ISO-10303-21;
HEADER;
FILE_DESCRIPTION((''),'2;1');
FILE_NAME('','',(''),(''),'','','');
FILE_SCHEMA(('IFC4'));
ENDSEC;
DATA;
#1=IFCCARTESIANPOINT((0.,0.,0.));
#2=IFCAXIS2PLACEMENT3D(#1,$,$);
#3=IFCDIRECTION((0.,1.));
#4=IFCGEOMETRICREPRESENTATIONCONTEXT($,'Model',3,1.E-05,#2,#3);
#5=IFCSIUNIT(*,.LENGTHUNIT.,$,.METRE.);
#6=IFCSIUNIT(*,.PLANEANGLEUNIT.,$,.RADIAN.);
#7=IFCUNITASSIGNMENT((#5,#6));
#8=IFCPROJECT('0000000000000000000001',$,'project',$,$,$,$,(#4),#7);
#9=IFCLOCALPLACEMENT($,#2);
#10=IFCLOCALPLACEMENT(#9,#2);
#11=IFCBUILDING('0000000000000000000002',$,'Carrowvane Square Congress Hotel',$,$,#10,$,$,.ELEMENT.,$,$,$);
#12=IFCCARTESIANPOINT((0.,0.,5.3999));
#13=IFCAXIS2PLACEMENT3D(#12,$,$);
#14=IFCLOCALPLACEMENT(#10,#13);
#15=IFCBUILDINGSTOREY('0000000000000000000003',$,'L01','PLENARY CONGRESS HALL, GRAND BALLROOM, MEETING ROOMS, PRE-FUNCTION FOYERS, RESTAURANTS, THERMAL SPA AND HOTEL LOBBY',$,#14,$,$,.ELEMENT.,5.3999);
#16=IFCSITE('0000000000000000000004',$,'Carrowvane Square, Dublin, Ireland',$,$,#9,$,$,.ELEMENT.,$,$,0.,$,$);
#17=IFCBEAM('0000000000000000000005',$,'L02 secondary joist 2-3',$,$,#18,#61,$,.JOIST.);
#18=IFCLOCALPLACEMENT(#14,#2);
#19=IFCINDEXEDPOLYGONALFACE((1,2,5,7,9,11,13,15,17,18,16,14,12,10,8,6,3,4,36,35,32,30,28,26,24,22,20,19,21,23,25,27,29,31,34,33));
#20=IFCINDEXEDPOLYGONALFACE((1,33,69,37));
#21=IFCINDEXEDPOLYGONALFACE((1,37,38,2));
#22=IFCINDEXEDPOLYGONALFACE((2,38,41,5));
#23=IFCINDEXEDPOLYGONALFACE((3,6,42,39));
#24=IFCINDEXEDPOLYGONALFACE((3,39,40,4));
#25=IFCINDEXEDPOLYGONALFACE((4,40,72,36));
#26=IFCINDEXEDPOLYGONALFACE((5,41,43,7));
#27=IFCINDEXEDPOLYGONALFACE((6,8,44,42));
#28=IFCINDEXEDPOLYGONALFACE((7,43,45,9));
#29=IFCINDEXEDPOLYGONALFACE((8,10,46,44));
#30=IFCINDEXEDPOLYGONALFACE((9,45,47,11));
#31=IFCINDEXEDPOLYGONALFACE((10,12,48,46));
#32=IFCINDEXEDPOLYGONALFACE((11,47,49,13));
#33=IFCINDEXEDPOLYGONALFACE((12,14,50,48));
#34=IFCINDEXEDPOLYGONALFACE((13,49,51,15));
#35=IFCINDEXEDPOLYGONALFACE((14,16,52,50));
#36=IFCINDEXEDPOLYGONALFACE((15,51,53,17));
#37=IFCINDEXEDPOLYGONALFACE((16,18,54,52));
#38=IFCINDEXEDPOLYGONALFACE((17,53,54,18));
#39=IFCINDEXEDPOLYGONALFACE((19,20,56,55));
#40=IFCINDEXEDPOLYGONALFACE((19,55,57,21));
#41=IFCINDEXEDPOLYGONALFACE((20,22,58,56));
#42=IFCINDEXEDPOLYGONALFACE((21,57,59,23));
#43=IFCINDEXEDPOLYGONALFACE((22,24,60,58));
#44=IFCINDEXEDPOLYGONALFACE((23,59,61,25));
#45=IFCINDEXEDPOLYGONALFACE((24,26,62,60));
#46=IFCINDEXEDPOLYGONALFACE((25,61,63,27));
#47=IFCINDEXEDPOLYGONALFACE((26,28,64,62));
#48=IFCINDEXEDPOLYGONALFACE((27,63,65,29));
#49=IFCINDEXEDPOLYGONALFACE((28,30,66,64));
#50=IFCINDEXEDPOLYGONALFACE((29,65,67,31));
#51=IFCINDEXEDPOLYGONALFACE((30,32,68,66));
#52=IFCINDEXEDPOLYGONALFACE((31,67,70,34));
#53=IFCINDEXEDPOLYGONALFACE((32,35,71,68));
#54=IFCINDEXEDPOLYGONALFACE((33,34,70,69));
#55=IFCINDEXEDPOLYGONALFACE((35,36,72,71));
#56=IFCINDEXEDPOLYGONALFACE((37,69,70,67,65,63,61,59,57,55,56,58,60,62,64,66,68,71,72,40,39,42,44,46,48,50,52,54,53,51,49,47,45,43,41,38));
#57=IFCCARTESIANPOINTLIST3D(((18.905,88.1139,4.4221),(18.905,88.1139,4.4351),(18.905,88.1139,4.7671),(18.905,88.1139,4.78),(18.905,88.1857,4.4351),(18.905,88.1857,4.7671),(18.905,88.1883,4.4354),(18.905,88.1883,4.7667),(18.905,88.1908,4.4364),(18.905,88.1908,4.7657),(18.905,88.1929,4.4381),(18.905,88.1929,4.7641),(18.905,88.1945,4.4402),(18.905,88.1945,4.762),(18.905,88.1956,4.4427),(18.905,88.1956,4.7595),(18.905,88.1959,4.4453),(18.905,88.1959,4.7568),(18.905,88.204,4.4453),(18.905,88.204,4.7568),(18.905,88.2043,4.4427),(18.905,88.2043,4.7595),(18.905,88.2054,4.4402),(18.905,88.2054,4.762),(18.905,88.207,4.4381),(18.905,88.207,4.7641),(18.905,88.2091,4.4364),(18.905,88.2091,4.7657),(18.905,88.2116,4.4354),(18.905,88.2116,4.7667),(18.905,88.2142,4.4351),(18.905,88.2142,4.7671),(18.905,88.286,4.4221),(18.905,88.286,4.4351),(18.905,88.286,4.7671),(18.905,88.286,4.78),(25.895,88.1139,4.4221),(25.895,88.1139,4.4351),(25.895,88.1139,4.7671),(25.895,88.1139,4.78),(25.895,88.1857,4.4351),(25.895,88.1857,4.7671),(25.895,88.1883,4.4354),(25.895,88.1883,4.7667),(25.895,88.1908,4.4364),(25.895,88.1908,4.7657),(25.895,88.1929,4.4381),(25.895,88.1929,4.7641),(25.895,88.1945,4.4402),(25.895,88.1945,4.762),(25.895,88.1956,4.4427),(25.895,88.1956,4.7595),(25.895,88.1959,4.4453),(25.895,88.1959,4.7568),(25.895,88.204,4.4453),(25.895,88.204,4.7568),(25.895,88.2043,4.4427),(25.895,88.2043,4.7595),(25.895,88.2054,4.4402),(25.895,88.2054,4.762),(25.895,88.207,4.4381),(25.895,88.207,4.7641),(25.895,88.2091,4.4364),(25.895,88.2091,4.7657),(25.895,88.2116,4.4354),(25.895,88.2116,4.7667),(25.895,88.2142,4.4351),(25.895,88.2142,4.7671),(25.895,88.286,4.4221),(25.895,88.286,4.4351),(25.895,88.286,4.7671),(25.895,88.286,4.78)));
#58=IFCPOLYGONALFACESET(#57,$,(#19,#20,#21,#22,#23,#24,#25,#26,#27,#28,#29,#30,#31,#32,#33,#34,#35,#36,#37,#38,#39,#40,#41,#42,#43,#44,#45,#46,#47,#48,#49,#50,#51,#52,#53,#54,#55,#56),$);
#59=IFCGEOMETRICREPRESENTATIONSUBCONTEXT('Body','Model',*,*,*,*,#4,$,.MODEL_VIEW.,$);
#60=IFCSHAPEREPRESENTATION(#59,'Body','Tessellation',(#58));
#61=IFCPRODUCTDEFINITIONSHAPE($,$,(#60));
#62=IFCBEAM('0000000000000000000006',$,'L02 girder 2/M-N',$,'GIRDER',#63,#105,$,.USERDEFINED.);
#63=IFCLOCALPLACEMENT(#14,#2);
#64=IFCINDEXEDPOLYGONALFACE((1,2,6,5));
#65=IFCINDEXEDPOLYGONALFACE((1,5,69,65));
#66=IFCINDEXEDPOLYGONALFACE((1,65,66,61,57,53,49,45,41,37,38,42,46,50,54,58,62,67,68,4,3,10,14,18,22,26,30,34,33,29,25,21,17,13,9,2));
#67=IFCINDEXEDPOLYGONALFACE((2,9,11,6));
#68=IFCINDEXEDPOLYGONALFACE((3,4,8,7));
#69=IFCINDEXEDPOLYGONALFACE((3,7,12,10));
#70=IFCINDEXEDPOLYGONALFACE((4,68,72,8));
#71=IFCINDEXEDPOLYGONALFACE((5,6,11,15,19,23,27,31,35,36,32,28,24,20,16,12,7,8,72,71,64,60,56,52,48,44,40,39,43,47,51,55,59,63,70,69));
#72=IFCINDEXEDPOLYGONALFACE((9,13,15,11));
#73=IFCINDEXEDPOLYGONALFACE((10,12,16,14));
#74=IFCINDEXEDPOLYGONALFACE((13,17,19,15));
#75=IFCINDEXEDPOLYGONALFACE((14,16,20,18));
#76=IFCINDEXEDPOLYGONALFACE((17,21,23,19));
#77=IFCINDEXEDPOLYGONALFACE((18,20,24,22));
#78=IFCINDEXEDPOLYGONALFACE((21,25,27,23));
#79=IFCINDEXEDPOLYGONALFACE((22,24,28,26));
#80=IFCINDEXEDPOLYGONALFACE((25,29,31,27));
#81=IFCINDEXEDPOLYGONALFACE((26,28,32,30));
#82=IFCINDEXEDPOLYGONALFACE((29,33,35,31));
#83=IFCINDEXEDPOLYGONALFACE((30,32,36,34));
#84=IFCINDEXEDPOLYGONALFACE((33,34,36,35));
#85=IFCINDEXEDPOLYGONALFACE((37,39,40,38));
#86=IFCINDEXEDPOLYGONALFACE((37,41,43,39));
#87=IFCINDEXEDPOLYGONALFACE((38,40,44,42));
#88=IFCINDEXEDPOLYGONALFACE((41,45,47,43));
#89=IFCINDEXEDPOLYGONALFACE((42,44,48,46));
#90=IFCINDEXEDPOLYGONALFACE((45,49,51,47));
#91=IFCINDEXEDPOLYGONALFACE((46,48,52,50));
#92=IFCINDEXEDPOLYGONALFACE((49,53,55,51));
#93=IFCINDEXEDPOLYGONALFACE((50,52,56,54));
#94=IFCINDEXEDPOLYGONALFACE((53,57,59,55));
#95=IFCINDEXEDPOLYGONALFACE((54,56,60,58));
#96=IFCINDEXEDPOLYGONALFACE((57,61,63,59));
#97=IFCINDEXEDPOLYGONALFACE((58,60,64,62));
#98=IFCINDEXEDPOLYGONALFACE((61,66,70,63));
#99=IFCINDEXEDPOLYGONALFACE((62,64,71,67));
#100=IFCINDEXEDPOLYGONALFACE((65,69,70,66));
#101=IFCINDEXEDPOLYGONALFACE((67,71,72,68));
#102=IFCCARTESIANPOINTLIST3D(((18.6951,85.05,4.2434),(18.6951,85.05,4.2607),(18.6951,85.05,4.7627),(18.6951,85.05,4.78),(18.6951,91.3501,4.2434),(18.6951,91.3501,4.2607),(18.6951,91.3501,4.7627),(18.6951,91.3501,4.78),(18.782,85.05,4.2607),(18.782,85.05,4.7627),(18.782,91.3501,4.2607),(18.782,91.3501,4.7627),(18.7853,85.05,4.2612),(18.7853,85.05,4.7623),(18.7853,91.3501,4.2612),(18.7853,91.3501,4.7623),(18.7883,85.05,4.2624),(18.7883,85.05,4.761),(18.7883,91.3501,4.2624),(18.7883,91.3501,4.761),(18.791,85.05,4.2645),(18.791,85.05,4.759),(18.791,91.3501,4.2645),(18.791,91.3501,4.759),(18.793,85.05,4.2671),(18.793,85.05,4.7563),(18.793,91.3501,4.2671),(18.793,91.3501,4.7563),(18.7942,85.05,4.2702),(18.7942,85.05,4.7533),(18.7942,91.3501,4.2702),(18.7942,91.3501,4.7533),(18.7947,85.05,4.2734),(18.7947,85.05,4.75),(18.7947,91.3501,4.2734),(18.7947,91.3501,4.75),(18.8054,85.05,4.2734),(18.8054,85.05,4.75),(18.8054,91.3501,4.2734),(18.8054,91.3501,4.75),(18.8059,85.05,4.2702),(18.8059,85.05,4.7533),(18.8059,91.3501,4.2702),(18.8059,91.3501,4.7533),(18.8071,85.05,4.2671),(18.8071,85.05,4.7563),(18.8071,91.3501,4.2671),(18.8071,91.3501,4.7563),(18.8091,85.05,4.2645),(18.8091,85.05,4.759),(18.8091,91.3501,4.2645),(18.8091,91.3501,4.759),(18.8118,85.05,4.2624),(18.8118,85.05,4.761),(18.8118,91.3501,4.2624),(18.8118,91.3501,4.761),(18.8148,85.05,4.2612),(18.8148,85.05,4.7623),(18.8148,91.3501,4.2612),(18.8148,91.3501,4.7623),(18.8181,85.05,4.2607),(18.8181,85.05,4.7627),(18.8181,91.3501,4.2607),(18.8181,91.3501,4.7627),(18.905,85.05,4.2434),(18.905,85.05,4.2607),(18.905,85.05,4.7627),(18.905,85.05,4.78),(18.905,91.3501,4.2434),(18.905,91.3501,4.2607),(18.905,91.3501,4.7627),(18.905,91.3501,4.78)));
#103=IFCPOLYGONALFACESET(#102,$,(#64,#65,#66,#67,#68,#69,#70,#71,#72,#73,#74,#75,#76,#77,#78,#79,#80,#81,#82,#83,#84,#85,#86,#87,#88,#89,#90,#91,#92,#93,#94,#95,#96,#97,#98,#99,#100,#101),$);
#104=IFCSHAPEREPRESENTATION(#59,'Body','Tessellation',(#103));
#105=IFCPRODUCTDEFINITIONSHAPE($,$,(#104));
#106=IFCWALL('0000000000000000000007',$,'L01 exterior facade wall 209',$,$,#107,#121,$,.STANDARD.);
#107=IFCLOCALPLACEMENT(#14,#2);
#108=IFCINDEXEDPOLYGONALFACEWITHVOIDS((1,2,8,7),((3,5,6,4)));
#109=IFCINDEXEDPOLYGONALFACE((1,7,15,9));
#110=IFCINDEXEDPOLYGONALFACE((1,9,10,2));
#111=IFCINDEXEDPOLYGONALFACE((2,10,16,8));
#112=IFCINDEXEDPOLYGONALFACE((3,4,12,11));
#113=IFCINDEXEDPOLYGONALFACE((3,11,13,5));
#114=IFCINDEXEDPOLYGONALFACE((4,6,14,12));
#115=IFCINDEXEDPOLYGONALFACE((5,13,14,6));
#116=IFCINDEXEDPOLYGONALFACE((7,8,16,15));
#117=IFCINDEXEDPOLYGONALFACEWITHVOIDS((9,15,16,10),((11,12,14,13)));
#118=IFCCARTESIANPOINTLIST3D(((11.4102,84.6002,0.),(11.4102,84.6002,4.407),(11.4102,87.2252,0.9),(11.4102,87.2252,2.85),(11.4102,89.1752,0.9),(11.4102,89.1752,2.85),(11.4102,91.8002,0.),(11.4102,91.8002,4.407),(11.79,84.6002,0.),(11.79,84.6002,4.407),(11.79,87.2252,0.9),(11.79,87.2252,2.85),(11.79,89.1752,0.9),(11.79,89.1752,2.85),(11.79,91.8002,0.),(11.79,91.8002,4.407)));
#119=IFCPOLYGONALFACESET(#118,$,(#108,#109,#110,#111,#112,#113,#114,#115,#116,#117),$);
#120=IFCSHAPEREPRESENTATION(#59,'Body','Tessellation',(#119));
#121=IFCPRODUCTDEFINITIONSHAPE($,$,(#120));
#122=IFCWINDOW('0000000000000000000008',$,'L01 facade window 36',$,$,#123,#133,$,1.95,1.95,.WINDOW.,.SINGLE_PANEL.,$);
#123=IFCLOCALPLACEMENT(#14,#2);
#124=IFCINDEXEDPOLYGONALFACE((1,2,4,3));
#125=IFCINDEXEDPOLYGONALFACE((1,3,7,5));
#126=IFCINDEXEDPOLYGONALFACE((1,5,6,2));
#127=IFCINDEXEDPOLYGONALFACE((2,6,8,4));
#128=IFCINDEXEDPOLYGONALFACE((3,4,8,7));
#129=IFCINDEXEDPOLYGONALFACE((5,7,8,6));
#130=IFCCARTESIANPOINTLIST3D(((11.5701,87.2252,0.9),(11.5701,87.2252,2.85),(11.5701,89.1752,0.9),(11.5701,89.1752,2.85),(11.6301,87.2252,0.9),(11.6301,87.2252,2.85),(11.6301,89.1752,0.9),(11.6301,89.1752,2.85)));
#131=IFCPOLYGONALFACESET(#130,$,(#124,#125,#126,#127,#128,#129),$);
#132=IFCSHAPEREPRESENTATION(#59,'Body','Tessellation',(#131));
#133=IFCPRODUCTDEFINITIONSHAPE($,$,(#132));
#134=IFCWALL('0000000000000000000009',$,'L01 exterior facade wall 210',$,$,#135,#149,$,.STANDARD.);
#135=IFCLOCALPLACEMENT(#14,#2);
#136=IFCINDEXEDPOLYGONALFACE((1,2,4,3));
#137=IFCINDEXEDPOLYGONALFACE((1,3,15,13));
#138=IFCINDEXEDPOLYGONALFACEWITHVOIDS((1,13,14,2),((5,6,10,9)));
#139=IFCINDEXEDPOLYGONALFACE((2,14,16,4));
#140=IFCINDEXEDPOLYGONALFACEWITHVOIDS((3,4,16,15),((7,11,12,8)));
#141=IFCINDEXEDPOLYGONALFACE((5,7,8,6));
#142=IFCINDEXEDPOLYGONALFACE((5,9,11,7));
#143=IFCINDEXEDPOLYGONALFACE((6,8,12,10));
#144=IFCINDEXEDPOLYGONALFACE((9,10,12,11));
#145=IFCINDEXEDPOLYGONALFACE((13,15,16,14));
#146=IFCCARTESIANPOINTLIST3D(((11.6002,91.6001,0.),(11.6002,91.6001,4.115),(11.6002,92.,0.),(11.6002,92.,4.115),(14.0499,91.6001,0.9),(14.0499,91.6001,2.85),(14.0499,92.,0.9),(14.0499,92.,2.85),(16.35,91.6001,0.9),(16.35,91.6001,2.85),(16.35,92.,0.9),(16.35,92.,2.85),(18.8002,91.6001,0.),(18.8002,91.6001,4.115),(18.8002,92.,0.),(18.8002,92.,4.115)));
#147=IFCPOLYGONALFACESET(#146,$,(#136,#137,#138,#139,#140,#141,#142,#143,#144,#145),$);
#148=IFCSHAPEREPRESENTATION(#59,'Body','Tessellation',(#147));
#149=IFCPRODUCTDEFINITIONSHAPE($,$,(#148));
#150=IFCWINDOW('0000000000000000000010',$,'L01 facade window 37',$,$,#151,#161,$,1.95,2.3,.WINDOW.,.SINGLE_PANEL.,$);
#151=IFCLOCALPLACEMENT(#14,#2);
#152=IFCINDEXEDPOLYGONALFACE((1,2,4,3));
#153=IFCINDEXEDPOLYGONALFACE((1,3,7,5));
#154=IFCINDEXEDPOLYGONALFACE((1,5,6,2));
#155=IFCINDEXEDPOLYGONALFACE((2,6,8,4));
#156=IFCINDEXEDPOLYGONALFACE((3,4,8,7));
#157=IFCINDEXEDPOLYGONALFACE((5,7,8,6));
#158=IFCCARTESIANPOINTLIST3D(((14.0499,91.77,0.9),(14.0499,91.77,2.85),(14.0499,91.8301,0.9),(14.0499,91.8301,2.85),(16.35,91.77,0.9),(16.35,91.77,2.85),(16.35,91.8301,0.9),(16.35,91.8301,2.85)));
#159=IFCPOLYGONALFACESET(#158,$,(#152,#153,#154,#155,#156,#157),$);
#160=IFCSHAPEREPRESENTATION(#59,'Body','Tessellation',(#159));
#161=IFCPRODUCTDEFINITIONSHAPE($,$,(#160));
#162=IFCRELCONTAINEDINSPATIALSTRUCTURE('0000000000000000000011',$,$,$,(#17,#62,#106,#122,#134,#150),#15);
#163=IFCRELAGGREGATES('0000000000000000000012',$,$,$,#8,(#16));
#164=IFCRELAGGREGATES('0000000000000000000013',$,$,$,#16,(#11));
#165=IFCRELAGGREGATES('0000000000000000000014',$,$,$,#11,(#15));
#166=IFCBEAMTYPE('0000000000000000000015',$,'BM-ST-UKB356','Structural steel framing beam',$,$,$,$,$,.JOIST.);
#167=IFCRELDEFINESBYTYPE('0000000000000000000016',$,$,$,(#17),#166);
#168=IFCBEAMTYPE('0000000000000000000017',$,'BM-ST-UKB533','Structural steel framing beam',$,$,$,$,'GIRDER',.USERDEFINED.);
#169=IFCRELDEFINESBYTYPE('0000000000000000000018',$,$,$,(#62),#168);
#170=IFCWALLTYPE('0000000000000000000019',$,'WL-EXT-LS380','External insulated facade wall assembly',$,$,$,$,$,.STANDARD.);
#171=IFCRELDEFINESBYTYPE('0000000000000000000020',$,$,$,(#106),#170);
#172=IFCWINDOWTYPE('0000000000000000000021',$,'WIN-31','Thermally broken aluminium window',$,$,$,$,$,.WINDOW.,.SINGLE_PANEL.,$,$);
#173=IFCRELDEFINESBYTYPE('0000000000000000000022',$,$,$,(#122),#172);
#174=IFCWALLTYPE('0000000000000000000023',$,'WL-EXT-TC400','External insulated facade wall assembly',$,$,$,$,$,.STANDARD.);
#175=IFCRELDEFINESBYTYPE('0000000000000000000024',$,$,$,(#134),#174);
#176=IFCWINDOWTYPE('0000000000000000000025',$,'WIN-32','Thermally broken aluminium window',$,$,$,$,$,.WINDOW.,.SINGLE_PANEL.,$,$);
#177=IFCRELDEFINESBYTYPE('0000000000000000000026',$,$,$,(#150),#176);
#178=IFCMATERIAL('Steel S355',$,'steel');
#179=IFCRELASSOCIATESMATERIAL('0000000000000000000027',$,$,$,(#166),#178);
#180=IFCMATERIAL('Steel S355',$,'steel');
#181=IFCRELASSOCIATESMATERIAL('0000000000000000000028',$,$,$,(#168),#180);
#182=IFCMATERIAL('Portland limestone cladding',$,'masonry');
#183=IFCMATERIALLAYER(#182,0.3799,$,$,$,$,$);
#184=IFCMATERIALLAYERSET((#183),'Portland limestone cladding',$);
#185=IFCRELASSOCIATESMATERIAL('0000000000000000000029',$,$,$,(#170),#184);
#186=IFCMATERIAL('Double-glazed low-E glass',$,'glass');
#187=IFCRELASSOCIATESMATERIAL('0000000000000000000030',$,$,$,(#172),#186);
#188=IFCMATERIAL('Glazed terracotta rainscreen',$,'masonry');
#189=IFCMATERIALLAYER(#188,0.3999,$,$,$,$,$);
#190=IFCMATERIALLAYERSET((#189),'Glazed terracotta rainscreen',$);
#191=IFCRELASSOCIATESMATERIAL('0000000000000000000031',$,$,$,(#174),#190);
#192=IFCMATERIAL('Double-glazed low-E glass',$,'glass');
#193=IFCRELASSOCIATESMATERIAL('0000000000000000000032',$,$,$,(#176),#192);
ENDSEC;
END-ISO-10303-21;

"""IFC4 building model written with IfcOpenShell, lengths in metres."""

from ifc_helpers import new_model, si_unit, direction, frame, frame_2d, origin, origin_2d, place, context, subcontext, project, spatial, rectangle, i_section, extrude, material, layer, layer_set, material_profile, profile_set, type_object, element, fill, save


model = new_model("IFC4")

# Units and contexts
model_context = context("Model", 3, precision=1e-05, world=origin(), true_north=direction((0.0, 1.0)))
body_context = subcontext(model_context, "Body", "Model", "MODEL_VIEW")
ifc_project = project(units=[si_unit("LENGTHUNIT", "METRE"), si_unit("PLANEANGLEUNIT", "RADIAN")], contexts=[model_context])

# Site, building, storey
site_placement = place(None, origin())
site = spatial("IfcSite", under=ifc_project, at=site_placement, Name="Carrowvane Square, Dublin, Ireland", CompositionType="ELEMENT", RefElevation=0.0)
building_placement = place(site_placement, origin())
building = spatial("IfcBuilding", under=site, at=building_placement, Name="Carrowvane Square Congress Hotel", CompositionType="ELEMENT")
storey_placement = place(building_placement, frame((0.0, 0.0, 5.3999)))
storey = spatial("IfcBuildingStorey", under=building, at=storey_placement, Name="L01", Description="PLENARY CONGRESS HALL, GRAND BALLROOM, MEETING ROOMS, PRE-FUNCTION FOYERS, RESTAURANTS, THERMAL SPA AND HOTEL LOBBY", CompositionType="ELEMENT", Elevation=5.3999)

# Beams
ifc_material_1 = material(Name="Steel S355", Category="steel")
ifc_material_profile_1 = material_profile(ifc_material_1, i_section(OverallWidth=0.1721, OverallDepth=0.3579, WebThickness=0.0081, FlangeThickness=0.0129, FilletRadius=0.0103, at=origin_2d()), Name="UKB 356x171x57")
ifc_profile_set_1 = profile_set([ifc_material_profile_1], Name="Steel S355")
beam_type_1 = type_object("IfcBeamType", Name="BM-ST-UKB356", Description="Structural steel framing beam", PredefinedType="JOIST", material=ifc_profile_set_1)
beam_1_placement = place(storey_placement, frame((18.905, 88.2, 4.6011), z_axis=(1.0, 0.0, 0.0), x_axis=(0.0, 1.0, 0.0)))
element("IfcBeam", 1, at=beam_1_placement, inside=storey, type_object=beam_type_1, Name="L02 secondary joist 2-3", PredefinedType="JOIST", context=body_context, shape_type="SweptSolid", body=[
    extrude(i_section(OverallWidth=0.1721, OverallDepth=0.3579, WebThickness=0.0081, FlangeThickness=0.0129, FilletRadius=0.0103, at=origin_2d()), origin(), (0.0, 0.0, 1.0), 6.99),
])
ifc_material_2 = material(Name="Steel S355", Category="steel")
ifc_material_profile_2 = material_profile(ifc_material_2, i_section(OverallWidth=0.21, OverallDepth=0.5366, WebThickness=0.0107, FlangeThickness=0.0173, FilletRadius=0.0127, at=origin_2d()), Name="UKB 533x210x101")
ifc_profile_set_2 = profile_set([ifc_material_profile_2], Name="Steel S355")
beam_type_2 = type_object("IfcBeamType", Name="BM-ST-UKB533", Description="Structural steel framing beam", ElementType="GIRDER", PredefinedType="USERDEFINED", material=ifc_profile_set_2)
beam_2_placement = place(storey_placement, frame((18.8, 85.05, 4.5117), z_axis=(0.0, 1.0, 0.0), x_axis=(-1.0, 0.0, 0.0)))
element("IfcBeam", 2, at=beam_2_placement, inside=storey, type_object=beam_type_2, Name="L02 girder 2/M-N", ObjectType="GIRDER", PredefinedType="USERDEFINED", context=body_context, shape_type="SweptSolid", body=[
    extrude(i_section(OverallWidth=0.21, OverallDepth=0.5366, WebThickness=0.0107, FlangeThickness=0.0173, FilletRadius=0.0127, at=origin_2d()), origin(), (0.0, 0.0, 1.0), 6.3),
])

# Walls, openings, windows
ifc_material_3 = material(Name="Portland limestone cladding", Category="masonry")
ifc_layer_1 = layer(ifc_material_3, 0.3799)
ifc_layer_set_1 = layer_set([ifc_layer_1], Name="Portland limestone cladding")
wall_type_1 = type_object("IfcWallType", Name="WL-EXT-LS380", Description="External insulated facade wall assembly", PredefinedType="STANDARD", material=ifc_layer_set_1)
wall_1_placement = place(storey_placement, frame((11.6001, 84.6001, 0.0), z_axis=(0.0, 0.0, 1.0), x_axis=(0.0, 1.0, 0.0)))
wall_1 = element("IfcWall", 3, at=wall_1_placement, inside=storey, type_object=wall_type_1, Name="L01 exterior facade wall 209", PredefinedType="STANDARD", context=body_context, shape_type="SweptSolid", body=[
    extrude(rectangle(XDim=7.2, YDim=0.3799, at=frame_2d((3.6001, 0.0))), origin(), (0.0, 0.0, 1.0), 4.407),
])
opening_1_placement = place(wall_1_placement, frame((2.625, 0.0, 0.8999)))
opening_1 = element("IfcOpeningElement", 4, at=opening_1_placement, cuts=wall_1, PredefinedType="OPENING", context=body_context, shape_type="SweptSolid", body=[
    extrude(rectangle(XDim=1.95, YDim=1.95, at=frame_2d((0.9751, 0.9751))), frame((0.0, 0.2, 0.0), z_axis=(0.0, -1.0, 0.0), x_axis=(1.0, 0.0, 0.0)), (0.0, 0.0, 1.0), 0.3999),
])
ifc_material_4 = material(Name="Double-glazed low-E glass", Category="glass")
window_type_1 = type_object("IfcWindowType", Name="WIN-31", Description="Thermally broken aluminium window", PartitioningType="SINGLE_PANEL", PredefinedType="WINDOW", material=ifc_material_4)
window_1_placement = place(opening_1_placement, origin())
window_1 = element("IfcWindow", 5, at=window_1_placement, inside=storey, type_object=window_type_1, Name="L01 facade window 36", OverallHeight=1.95, OverallWidth=1.95, PartitioningType="SINGLE_PANEL", PredefinedType="WINDOW", context=body_context, shape_type="SweptSolid", body=[
    extrude(rectangle(XDim=1.95, YDim=1.95, at=frame_2d((0.9751, 0.9751))), frame((0.0, 0.03, 0.0), z_axis=(0.0, -1.0, 0.0), x_axis=(1.0, 0.0, 0.0)), (0.0, 0.0, 1.0), 0.0601),
])
fill(opening_1, window_1)
ifc_material_5 = material(Name="Glazed terracotta rainscreen", Category="masonry")
ifc_layer_2 = layer(ifc_material_5, 0.3999)
ifc_layer_set_2 = layer_set([ifc_layer_2], Name="Glazed terracotta rainscreen")
wall_type_2 = type_object("IfcWallType", Name="WL-EXT-TC400", Description="External insulated facade wall assembly", PredefinedType="STANDARD", material=ifc_layer_set_2)
wall_2_placement = place(storey_placement, frame((11.6001, 91.8, 0.0), z_axis=(0.0, 0.0, 1.0), x_axis=(1.0, 0.0, 0.0)))
wall_2 = element("IfcWall", 6, at=wall_2_placement, inside=storey, type_object=wall_type_2, Name="L01 exterior facade wall 210", PredefinedType="STANDARD", context=body_context, shape_type="SweptSolid", body=[
    extrude(rectangle(XDim=7.2, YDim=0.3999, at=frame_2d((3.6001, 0.0))), origin(), (0.0, 0.0, 1.0), 4.115),
])
opening_2_placement = place(wall_2_placement, frame((2.45, 0.0, 0.8999)))
opening_2 = element("IfcOpeningElement", 7, at=opening_2_placement, cuts=wall_2, PredefinedType="OPENING", context=body_context, shape_type="SweptSolid", body=[
    extrude(rectangle(XDim=2.3, YDim=1.95, at=frame_2d((1.1499, 0.9751))), frame((0.0, 0.21, 0.0), z_axis=(0.0, -1.0, 0.0), x_axis=(1.0, 0.0, 0.0)), (0.0, 0.0, 1.0), 0.4199),
])
ifc_material_6 = material(Name="Double-glazed low-E glass", Category="glass")
window_type_2 = type_object("IfcWindowType", Name="WIN-32", Description="Thermally broken aluminium window", PartitioningType="SINGLE_PANEL", PredefinedType="WINDOW", material=ifc_material_6)
window_2_placement = place(opening_2_placement, origin())
window_2 = element("IfcWindow", 8, at=window_2_placement, inside=storey, type_object=window_type_2, Name="L01 facade window 37", OverallHeight=1.95, OverallWidth=2.3, PartitioningType="SINGLE_PANEL", PredefinedType="WINDOW", context=body_context, shape_type="SweptSolid", body=[
    extrude(rectangle(XDim=2.3, YDim=1.95, at=frame_2d((1.1499, 0.9751))), frame((0.0, 0.03, 0.0), z_axis=(0.0, -1.0, 0.0), x_axis=(1.0, 0.0, 0.0)), (0.0, 0.0, 1.0), 0.0601),
])
fill(opening_2, window_2)

save(model, "model.ifc")
